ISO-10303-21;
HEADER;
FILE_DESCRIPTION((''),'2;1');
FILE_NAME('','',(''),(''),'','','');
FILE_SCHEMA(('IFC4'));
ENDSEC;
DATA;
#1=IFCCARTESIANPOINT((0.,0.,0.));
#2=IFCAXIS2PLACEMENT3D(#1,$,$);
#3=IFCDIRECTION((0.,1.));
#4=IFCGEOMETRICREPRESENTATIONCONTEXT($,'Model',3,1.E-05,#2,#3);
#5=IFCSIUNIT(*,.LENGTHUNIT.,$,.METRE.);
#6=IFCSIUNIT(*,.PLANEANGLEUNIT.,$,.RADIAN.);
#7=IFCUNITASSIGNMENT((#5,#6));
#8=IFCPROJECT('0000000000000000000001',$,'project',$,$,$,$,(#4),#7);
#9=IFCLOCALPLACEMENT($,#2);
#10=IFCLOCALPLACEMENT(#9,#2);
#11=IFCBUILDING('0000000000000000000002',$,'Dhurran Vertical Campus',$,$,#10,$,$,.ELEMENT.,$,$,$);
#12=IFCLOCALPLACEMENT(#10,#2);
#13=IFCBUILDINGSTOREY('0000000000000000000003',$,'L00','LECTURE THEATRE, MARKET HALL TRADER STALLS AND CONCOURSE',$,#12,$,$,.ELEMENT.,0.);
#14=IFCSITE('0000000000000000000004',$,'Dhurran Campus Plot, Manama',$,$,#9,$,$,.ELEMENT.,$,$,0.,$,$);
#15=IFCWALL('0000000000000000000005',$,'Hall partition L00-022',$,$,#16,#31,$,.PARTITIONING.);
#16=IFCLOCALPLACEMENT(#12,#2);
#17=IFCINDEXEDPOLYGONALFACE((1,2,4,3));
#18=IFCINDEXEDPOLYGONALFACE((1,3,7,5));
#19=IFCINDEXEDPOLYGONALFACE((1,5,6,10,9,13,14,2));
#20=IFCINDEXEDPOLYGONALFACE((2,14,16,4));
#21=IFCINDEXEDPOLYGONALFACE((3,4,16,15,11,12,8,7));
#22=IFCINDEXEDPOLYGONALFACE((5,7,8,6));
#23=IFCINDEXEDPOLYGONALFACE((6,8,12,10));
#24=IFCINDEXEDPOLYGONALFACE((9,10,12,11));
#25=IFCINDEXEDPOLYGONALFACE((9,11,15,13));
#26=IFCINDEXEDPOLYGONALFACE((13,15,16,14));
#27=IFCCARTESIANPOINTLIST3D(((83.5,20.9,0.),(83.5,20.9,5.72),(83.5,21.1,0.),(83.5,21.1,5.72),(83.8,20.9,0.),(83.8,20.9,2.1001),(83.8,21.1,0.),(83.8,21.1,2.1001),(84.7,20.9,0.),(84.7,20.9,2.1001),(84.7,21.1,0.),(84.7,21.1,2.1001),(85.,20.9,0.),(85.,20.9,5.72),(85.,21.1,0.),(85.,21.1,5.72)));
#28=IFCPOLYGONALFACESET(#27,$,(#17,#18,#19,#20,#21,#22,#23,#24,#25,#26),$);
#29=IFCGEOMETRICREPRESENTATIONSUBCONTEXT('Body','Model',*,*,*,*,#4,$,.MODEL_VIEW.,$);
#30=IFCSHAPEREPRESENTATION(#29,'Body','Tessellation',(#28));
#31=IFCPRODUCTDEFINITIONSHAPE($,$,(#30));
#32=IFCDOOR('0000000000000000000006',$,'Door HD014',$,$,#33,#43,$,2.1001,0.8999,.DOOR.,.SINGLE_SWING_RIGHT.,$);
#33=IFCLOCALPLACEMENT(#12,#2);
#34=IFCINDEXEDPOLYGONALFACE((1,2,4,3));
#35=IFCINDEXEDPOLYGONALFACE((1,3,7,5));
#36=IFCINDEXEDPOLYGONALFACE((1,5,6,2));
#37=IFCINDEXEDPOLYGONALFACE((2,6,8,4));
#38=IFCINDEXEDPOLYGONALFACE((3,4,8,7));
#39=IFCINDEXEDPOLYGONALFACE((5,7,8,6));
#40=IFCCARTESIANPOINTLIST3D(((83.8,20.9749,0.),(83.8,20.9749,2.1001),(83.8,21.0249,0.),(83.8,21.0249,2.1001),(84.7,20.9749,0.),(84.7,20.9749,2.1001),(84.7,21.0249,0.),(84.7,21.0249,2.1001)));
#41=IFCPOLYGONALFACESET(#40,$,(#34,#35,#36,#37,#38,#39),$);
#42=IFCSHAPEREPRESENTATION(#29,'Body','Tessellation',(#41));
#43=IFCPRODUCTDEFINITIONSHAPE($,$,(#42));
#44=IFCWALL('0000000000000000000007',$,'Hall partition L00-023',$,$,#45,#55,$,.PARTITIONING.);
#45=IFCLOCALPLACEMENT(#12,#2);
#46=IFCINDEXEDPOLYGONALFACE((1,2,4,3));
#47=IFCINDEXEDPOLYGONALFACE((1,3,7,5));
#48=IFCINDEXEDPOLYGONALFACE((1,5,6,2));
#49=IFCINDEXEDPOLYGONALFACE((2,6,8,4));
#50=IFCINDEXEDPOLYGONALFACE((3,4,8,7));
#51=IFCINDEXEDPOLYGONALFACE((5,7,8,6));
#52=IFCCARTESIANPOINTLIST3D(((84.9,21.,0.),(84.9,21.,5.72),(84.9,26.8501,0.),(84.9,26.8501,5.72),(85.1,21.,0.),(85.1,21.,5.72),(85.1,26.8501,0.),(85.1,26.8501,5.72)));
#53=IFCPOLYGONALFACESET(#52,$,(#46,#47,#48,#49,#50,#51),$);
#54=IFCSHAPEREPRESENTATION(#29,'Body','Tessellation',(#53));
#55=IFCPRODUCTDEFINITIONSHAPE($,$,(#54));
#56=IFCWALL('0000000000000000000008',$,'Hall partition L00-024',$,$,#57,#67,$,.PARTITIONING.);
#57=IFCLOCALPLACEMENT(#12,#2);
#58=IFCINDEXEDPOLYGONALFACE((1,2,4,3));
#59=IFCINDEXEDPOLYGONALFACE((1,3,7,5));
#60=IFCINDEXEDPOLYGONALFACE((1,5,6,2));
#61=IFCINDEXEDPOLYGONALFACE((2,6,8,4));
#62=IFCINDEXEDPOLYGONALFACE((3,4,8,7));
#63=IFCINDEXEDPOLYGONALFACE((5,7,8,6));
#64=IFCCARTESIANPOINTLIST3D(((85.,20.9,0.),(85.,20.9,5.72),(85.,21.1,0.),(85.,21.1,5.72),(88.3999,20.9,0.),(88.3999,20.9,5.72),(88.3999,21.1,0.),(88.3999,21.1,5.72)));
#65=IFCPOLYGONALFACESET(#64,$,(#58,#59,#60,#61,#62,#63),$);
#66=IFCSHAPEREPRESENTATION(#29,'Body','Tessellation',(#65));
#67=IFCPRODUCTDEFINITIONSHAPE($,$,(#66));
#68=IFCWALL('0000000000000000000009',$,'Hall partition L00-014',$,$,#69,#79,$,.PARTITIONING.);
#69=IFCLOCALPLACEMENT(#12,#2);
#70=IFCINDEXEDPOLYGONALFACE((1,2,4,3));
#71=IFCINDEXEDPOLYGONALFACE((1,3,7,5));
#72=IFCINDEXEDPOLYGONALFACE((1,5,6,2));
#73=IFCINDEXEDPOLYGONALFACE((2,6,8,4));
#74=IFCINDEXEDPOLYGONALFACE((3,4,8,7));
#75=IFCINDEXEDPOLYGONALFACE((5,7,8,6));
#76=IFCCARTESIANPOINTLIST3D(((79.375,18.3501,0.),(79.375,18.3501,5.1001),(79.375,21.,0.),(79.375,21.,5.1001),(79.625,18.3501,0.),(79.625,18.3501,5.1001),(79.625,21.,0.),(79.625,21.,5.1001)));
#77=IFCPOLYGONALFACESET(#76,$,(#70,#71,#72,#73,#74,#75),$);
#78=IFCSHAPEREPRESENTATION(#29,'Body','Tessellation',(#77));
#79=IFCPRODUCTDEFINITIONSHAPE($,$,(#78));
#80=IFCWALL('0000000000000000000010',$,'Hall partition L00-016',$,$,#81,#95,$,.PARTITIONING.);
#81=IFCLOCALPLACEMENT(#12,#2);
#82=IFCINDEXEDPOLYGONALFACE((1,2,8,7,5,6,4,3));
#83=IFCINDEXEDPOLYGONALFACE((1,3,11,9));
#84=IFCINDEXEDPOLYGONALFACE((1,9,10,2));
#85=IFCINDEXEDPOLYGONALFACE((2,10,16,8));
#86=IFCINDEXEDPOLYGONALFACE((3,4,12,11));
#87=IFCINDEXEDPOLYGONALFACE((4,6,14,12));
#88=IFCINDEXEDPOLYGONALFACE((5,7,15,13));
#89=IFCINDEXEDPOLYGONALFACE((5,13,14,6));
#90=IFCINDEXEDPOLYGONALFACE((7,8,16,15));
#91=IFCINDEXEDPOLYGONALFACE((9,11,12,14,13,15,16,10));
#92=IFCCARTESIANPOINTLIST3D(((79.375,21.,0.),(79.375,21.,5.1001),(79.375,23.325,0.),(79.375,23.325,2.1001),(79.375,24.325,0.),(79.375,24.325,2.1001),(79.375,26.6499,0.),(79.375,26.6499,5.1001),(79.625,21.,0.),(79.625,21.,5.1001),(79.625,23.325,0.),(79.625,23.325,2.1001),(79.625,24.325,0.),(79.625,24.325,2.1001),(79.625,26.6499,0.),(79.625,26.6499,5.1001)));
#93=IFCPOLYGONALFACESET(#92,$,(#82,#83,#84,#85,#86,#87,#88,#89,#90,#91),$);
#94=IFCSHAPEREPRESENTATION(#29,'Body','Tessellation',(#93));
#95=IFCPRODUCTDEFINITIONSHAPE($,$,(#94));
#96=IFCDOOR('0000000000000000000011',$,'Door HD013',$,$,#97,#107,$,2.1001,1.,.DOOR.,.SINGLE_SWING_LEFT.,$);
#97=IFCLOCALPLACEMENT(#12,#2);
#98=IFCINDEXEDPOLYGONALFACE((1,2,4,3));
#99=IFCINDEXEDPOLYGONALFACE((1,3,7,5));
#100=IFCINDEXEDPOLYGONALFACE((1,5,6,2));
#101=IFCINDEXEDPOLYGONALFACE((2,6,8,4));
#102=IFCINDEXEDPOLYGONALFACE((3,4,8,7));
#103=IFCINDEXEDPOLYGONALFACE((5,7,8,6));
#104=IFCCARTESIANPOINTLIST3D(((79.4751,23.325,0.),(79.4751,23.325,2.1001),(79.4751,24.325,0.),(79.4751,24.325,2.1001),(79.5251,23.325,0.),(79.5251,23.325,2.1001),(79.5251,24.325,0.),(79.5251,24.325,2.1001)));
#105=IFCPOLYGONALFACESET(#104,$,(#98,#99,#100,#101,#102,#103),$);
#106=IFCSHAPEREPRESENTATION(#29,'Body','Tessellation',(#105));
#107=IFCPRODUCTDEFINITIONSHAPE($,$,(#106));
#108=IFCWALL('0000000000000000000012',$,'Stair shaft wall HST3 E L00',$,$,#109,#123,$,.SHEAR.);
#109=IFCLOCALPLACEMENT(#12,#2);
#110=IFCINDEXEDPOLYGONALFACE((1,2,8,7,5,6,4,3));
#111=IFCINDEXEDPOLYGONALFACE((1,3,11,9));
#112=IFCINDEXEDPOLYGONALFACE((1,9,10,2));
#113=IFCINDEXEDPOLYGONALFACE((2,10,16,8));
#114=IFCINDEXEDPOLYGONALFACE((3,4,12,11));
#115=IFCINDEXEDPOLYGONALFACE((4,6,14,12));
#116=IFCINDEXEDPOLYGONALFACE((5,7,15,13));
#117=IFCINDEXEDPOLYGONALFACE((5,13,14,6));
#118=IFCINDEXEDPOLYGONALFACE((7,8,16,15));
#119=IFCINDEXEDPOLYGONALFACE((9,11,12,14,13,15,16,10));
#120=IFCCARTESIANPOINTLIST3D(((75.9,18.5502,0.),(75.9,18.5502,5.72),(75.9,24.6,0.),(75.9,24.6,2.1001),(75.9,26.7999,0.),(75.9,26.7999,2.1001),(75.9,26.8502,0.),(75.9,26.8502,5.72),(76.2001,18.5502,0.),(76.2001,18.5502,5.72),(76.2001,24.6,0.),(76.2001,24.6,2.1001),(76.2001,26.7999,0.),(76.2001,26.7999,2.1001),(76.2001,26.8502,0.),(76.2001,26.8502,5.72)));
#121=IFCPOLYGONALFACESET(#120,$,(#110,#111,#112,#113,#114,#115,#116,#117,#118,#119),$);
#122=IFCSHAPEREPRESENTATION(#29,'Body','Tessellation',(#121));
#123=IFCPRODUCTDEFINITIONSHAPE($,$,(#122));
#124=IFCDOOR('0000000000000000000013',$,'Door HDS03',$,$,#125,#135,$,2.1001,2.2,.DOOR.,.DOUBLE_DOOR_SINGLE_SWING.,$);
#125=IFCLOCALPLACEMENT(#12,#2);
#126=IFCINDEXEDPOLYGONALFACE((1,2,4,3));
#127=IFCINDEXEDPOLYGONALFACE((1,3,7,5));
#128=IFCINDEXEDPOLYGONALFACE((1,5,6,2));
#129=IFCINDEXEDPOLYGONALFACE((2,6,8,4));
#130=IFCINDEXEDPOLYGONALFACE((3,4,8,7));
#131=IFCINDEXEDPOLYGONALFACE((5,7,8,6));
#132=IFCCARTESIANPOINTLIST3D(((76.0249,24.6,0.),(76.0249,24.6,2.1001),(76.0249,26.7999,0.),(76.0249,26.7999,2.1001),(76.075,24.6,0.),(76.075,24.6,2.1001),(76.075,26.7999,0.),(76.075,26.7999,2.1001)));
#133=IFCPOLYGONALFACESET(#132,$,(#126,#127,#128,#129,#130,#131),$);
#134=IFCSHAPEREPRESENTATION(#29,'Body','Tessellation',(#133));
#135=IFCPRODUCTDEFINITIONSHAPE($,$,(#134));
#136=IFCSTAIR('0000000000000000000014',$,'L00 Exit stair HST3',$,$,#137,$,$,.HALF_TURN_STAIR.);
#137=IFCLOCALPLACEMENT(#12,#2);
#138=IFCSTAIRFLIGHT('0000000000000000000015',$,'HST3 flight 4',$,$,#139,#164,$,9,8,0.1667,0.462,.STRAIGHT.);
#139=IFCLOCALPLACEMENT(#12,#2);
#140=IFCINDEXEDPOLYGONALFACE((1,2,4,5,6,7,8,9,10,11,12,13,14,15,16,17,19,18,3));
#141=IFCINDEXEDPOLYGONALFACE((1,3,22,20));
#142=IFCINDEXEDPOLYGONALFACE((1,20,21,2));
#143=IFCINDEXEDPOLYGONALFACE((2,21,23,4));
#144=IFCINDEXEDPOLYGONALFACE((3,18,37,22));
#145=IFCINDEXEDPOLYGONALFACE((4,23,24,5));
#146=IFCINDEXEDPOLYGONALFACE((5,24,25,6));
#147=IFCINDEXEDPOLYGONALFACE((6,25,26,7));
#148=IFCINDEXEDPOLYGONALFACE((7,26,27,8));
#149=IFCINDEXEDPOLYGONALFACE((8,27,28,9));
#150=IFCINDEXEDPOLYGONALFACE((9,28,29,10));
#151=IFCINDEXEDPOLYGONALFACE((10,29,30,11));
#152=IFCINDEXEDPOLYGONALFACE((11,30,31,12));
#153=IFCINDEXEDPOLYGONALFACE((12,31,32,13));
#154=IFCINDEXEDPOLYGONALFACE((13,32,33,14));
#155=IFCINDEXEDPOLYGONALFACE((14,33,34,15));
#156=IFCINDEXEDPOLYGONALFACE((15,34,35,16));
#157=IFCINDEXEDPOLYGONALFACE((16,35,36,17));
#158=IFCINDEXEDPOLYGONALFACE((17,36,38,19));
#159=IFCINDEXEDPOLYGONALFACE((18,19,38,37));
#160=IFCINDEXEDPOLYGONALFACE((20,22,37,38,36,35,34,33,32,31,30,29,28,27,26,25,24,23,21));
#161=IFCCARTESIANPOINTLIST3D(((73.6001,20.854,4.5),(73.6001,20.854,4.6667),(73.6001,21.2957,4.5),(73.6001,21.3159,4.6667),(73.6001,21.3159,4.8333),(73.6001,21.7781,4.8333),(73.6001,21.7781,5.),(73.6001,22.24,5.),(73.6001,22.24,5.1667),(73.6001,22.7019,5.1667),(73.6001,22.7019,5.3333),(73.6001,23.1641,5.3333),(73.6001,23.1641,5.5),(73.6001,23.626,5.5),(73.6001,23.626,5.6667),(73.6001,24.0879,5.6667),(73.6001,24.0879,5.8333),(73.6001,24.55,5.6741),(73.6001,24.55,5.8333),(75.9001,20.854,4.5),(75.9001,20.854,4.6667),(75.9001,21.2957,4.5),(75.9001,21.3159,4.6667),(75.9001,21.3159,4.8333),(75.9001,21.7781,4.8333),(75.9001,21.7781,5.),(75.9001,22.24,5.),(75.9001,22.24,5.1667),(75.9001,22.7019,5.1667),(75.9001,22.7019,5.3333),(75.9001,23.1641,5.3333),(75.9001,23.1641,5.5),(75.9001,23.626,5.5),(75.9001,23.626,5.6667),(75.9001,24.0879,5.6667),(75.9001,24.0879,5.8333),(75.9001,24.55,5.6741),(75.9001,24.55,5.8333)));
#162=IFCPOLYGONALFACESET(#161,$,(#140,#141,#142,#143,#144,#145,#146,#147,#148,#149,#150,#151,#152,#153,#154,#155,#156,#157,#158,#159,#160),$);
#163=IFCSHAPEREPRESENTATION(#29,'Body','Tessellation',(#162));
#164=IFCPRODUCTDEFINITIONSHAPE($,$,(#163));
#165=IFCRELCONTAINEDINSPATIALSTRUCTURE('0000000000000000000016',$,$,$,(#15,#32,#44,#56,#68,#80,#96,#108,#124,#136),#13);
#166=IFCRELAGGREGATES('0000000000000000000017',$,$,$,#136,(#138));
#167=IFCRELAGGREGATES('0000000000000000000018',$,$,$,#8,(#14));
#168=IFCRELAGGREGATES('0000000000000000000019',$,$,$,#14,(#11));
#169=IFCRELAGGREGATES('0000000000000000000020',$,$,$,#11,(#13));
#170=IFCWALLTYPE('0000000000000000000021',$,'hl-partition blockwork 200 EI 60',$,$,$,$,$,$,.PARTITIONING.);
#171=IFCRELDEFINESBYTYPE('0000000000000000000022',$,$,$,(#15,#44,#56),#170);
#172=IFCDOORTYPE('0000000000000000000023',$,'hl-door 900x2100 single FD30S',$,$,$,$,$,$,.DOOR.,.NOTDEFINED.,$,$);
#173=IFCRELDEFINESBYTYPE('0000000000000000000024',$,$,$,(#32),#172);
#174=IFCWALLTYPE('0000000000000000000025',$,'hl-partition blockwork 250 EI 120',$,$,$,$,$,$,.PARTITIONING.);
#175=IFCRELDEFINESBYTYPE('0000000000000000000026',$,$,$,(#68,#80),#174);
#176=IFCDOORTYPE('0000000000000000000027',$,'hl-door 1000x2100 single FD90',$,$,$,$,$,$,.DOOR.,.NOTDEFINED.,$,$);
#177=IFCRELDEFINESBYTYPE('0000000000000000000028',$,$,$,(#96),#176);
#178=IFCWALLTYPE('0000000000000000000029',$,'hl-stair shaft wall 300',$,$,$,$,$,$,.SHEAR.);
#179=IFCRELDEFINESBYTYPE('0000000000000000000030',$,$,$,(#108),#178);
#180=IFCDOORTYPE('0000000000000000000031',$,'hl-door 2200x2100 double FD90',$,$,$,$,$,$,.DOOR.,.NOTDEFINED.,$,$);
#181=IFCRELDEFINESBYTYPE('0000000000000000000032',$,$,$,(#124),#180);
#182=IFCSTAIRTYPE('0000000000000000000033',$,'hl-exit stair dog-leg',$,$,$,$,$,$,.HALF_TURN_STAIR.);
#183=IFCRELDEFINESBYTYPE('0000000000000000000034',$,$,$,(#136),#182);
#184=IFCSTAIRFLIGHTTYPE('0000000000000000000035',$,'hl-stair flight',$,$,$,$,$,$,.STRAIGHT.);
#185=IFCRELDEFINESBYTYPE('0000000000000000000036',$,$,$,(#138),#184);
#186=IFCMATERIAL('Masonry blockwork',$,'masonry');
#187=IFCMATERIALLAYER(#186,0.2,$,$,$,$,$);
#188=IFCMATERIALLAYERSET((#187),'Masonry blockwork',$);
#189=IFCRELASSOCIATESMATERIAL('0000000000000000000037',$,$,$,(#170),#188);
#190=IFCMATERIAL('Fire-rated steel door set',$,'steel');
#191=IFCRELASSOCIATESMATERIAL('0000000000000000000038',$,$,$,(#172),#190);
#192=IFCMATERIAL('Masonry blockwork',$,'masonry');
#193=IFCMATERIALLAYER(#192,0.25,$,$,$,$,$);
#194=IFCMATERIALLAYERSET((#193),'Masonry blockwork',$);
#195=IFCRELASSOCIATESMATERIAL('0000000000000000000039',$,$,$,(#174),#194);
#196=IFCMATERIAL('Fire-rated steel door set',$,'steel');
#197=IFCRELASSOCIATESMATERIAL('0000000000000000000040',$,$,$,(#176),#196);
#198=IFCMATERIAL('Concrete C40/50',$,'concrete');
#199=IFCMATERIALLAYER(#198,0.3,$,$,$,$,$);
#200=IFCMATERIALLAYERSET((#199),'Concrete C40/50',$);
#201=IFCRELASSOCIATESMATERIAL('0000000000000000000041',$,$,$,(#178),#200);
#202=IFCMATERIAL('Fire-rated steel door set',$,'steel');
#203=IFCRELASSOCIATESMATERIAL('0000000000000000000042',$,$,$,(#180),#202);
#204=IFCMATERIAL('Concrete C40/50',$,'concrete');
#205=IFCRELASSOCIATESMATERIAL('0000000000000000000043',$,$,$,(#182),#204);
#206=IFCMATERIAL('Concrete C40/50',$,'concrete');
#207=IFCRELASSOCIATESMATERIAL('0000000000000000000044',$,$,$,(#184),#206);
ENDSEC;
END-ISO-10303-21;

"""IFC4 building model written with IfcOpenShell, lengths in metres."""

from ifc_helpers import new_model, si_unit, direction, frame, frame_2d, origin, place, context, subcontext, project, spatial, polyline, rectangle, outline, extrude, material, layer, layer_set, type_object, element, fill, aggregate, save


model = new_model("IFC4")

# Units and contexts
model_context = context("Model", 3, precision=1e-05, world=origin(), true_north=direction((0.0, 1.0)))
body_context = subcontext(model_context, "Body", "Model", "MODEL_VIEW")
ifc_project = project(units=[si_unit("LENGTHUNIT", "METRE"), si_unit("PLANEANGLEUNIT", "RADIAN")], contexts=[model_context])

# Site, building, storey
site_placement = place(None, origin())
site = spatial("IfcSite", under=ifc_project, at=site_placement, Name="Dhurran Campus Plot, Manama", CompositionType="ELEMENT", RefElevation=0.0)
building_placement = place(site_placement, origin())
building = spatial("IfcBuilding", under=site, at=building_placement, Name="Dhurran Vertical Campus", CompositionType="ELEMENT")
storey_placement = place(building_placement, origin())
storey = spatial("IfcBuildingStorey", under=building, at=storey_placement, Name="L00", Description="LECTURE THEATRE, MARKET HALL TRADER STALLS AND CONCOURSE", CompositionType="ELEMENT", Elevation=0.0)

# Shared definitions
ifc_material_1 = material(Name="Masonry blockwork", Category="masonry")
ifc_layer_1 = layer(ifc_material_1, 0.2)
ifc_layer_set_1 = layer_set([ifc_layer_1], Name="Masonry blockwork")
wall_type_1 = type_object("IfcWallType", Name="hl-partition blockwork 200 EI 60", PredefinedType="PARTITIONING", material=ifc_layer_set_1)

# Wall, opening, door
wall_1_placement = place(storey_placement, frame((83.5, 21.0, 0.0), z_axis=(0.0, 0.0, 1.0), x_axis=(1.0, 0.0, 0.0)))
wall_1 = element("IfcWall", 1, at=wall_1_placement, inside=storey, type_object=wall_type_1, Name="Hall partition L00-022", PredefinedType="PARTITIONING", context=body_context, shape_type="SweptSolid", body=[
    extrude(rectangle(XDim=1.5, YDim=0.2, at=frame_2d((0.75, 0.0))), origin(), (0.0, 0.0, 1.0), 5.72),
])
opening_1_placement = place(wall_1_placement, frame((0.3, 0.0, 0.0)))
opening_1 = element("IfcOpeningElement", 2, at=opening_1_placement, cuts=wall_1, PredefinedType="OPENING", context=body_context, shape_type="SweptSolid", body=[
    extrude(rectangle(XDim=0.8999, YDim=2.1001, at=frame_2d((0.45, 1.05))), frame((0.0, 0.1099, 0.0), z_axis=(0.0, -1.0, 0.0), x_axis=(1.0, 0.0, 0.0)), (0.0, 0.0, 1.0), 0.22),
])
ifc_material_2 = material(Name="Fire-rated steel door set", Category="steel")
door_type_1 = type_object("IfcDoorType", Name="hl-door 900x2100 single FD30S", OperationType="NOTDEFINED", PredefinedType="DOOR", material=ifc_material_2)
door_1_placement = place(opening_1_placement, origin())
door_1 = element("IfcDoor", 3, at=door_1_placement, inside=storey, type_object=door_type_1, Name="Door HD014", OperationType="SINGLE_SWING_RIGHT", OverallHeight=2.1001, OverallWidth=0.8999, PredefinedType="DOOR", context=body_context, shape_type="SweptSolid", body=[
    extrude(rectangle(XDim=0.8999, YDim=2.1001, at=frame_2d((0.45, 1.05))), frame((0.0, 0.0249, 0.0), z_axis=(0.0, -1.0, 0.0), x_axis=(1.0, 0.0, 0.0)), (0.0, 0.0, 1.0), 0.05),
])
fill(opening_1, door_1)

# Walls
wall_2_placement = place(storey_placement, frame((85.0, 21.0, 0.0), z_axis=(0.0, 0.0, 1.0), x_axis=(0.0, 1.0, 0.0)))
element("IfcWall", 4, at=wall_2_placement, inside=storey, type_object=wall_type_1, Name="Hall partition L00-023", PredefinedType="PARTITIONING", context=body_context, shape_type="SweptSolid", body=[
    extrude(rectangle(XDim=5.8501, YDim=0.2, at=frame_2d((2.925, 0.0))), origin(), (0.0, 0.0, 1.0), 5.72),
])
wall_3_placement = place(storey_placement, frame((85.0, 21.0, 0.0), z_axis=(0.0, 0.0, 1.0), x_axis=(1.0, 0.0, 0.0)))
element("IfcWall", 5, at=wall_3_placement, inside=storey, type_object=wall_type_1, Name="Hall partition L00-024", PredefinedType="PARTITIONING", context=body_context, shape_type="SweptSolid", body=[
    extrude(rectangle(XDim=3.3999, YDim=0.2, at=frame_2d((1.7, 0.0))), origin(), (0.0, 0.0, 1.0), 5.72),
])
ifc_material_3 = material(Name="Masonry blockwork", Category="masonry")
ifc_layer_2 = layer(ifc_material_3, 0.25)
ifc_layer_set_2 = layer_set([ifc_layer_2], Name="Masonry blockwork")
wall_type_2 = type_object("IfcWallType", Name="hl-partition blockwork 250 EI 120", PredefinedType="PARTITIONING", material=ifc_layer_set_2)
wall_4_placement = place(storey_placement, frame((79.5, 18.3501, 0.0), z_axis=(0.0, 0.0, 1.0), x_axis=(0.0, 1.0, 0.0)))
element("IfcWall", 6, at=wall_4_placement, inside=storey, type_object=wall_type_2, Name="Hall partition L00-014", PredefinedType="PARTITIONING", context=body_context, shape_type="SweptSolid", body=[
    extrude(rectangle(XDim=2.6499, YDim=0.25, at=frame_2d((1.325, 0.0))), origin(), (0.0, 0.0, 1.0), 5.1001),
])

# Walls, openings, doors
wall_5_placement = place(storey_placement, frame((79.5, 21.0, 0.0), z_axis=(0.0, 0.0, 1.0), x_axis=(0.0, 1.0, 0.0)))
wall_5 = element("IfcWall", 7, at=wall_5_placement, inside=storey, type_object=wall_type_2, Name="Hall partition L00-016", PredefinedType="PARTITIONING", context=body_context, shape_type="SweptSolid", body=[
    extrude(rectangle(XDim=5.6499, YDim=0.25, at=frame_2d((2.825, 0.0))), origin(), (0.0, 0.0, 1.0), 5.1001),
])
opening_2_placement = place(wall_5_placement, frame((2.325, 0.0, 0.0)))
opening_2 = element("IfcOpeningElement", 8, at=opening_2_placement, cuts=wall_5, PredefinedType="OPENING", context=body_context, shape_type="SweptSolid", body=[
    extrude(rectangle(XDim=1.0, YDim=2.1001, at=frame_2d((0.5, 1.05))), frame((0.0, 0.135, 0.0), z_axis=(0.0, -1.0, 0.0), x_axis=(1.0, 0.0, 0.0)), (0.0, 0.0, 1.0), 0.27),
])
ifc_material_4 = material(Name="Fire-rated steel door set", Category="steel")
door_type_2 = type_object("IfcDoorType", Name="hl-door 1000x2100 single FD90", OperationType="NOTDEFINED", PredefinedType="DOOR", material=ifc_material_4)
door_2_placement = place(opening_2_placement, origin())
door_2 = element("IfcDoor", 9, at=door_2_placement, inside=storey, type_object=door_type_2, Name="Door HD013", OperationType="SINGLE_SWING_LEFT", OverallHeight=2.1001, OverallWidth=1.0, PredefinedType="DOOR", context=body_context, shape_type="SweptSolid", body=[
    extrude(rectangle(XDim=1.0, YDim=2.1001, at=frame_2d((0.5, 1.05))), frame((0.0, 0.0249, 0.0), z_axis=(0.0, -1.0, 0.0), x_axis=(1.0, 0.0, 0.0)), (0.0, 0.0, 1.0), 0.05),
])
fill(opening_2, door_2)
ifc_material_5 = material(Name="Concrete C40/50", Category="concrete")
ifc_layer_3 = layer(ifc_material_5, 0.3)
ifc_layer_set_3 = layer_set([ifc_layer_3], Name="Concrete C40/50")
wall_type_3 = type_object("IfcWallType", Name="hl-stair shaft wall 300", PredefinedType="SHEAR", material=ifc_layer_set_3)
wall_6_placement = place(storey_placement, frame((76.05, 26.8501, 0.0), z_axis=(0.0, 0.0, 1.0), x_axis=(0.0, -1.0, 0.0)))
wall_6 = element("IfcWall", 10, at=wall_6_placement, inside=storey, type_object=wall_type_3, Name="Stair shaft wall HST3 E L00", PredefinedType="SHEAR", context=body_context, shape_type="SweptSolid", body=[
    extrude(rectangle(XDim=8.3, YDim=0.3, at=frame_2d((4.1499, 0.0))), origin(), (0.0, 0.0, 1.0), 5.72),
])
opening_3_placement = place(wall_6_placement, frame((0.05, 0.0, 0.0)))
opening_3 = element("IfcOpeningElement", 11, at=opening_3_placement, cuts=wall_6, PredefinedType="OPENING", context=body_context, shape_type="SweptSolid", body=[
    extrude(rectangle(XDim=2.2, YDim=2.1001, at=frame_2d((1.1001, 1.05))), frame((0.0, 0.1599, 0.0), z_axis=(0.0, -1.0, 0.0), x_axis=(1.0, 0.0, 0.0)), (0.0, 0.0, 1.0), 0.3201),
])
ifc_material_6 = material(Name="Fire-rated steel door set", Category="steel")
door_type_3 = type_object("IfcDoorType", Name="hl-door 2200x2100 double FD90", OperationType="NOTDEFINED", PredefinedType="DOOR", material=ifc_material_6)
door_3_placement = place(opening_3_placement, origin())
door_3 = element("IfcDoor", 12, at=door_3_placement, inside=storey, type_object=door_type_3, Name="Door HDS03", OperationType="DOUBLE_DOOR_SINGLE_SWING", OverallHeight=2.1001, OverallWidth=2.2, PredefinedType="DOOR", context=body_context, shape_type="SweptSolid", body=[
    extrude(rectangle(XDim=2.2, YDim=2.1001, at=frame_2d((1.1001, 1.05))), frame((0.0, 0.0249, 0.0), z_axis=(0.0, -1.0, 0.0), x_axis=(1.0, 0.0, 0.0)), (0.0, 0.0, 1.0), 0.05),
])
fill(opening_3, door_3)

# Stair, stair flight
ifc_material_7 = material(Name="Concrete C40/50", Category="concrete")
stair_type = type_object("IfcStairType", Name="hl-exit stair dog-leg", PredefinedType="HALF_TURN_STAIR", material=ifc_material_7)
stair_placement = place(storey_placement, origin())
stair = element("IfcStair", 13, at=stair_placement, inside=storey, type_object=stair_type, Name="L00 Exit stair HST3", PredefinedType="HALF_TURN_STAIR")
ifc_material_8 = material(Name="Concrete C40/50", Category="concrete")
stair_flight_type = type_object("IfcStairFlightType", Name="hl-stair flight", PredefinedType="STRAIGHT", material=ifc_material_8)
stair_flight_placement = place(storey_placement, frame((74.75, 20.854, 4.5), z_axis=(0.0, 0.0, 1.0), x_axis=(0.0, 1.0, 0.0)))
stair_flight = element("IfcStairFlight", 14, at=stair_flight_placement, type_object=stair_flight_type, Name="HST3 flight 4", NumberOfRisers=9, NumberOfTreads=8, PredefinedType="STRAIGHT", RiserHeight=0.1667, TreadLength=0.462, context=body_context, shape_type="SweptSolid", body=[
    extrude(outline(polyline([(0.0, 0.0), (0.0, 0.1667), (0.4619, 0.1667), (0.4619, 0.3333), (0.9241, 0.3333), (0.9241, 0.5), (1.386, 0.5), (1.386, 0.6667), (1.8479, 0.6667), (1.8479, 0.8333), (2.3101, 0.8333), (2.3101, 1.0), (2.772, 1.0), (2.772, 1.1667), (3.2339, 1.1667), (3.2339, 1.3333), (3.696, 1.3333), (3.696, 1.5), (3.696, 1.1741), (0.4417, 0.0), (0.0, 0.0)])), frame((0.0, 1.1499, 0.0), z_axis=(0.0, -1.0, 0.0), x_axis=(1.0, 0.0, 0.0)), (0.0, 0.0, 1.0), 2.3),
])
aggregate(stair, [stair_flight])

save(model, "model.ifc")
